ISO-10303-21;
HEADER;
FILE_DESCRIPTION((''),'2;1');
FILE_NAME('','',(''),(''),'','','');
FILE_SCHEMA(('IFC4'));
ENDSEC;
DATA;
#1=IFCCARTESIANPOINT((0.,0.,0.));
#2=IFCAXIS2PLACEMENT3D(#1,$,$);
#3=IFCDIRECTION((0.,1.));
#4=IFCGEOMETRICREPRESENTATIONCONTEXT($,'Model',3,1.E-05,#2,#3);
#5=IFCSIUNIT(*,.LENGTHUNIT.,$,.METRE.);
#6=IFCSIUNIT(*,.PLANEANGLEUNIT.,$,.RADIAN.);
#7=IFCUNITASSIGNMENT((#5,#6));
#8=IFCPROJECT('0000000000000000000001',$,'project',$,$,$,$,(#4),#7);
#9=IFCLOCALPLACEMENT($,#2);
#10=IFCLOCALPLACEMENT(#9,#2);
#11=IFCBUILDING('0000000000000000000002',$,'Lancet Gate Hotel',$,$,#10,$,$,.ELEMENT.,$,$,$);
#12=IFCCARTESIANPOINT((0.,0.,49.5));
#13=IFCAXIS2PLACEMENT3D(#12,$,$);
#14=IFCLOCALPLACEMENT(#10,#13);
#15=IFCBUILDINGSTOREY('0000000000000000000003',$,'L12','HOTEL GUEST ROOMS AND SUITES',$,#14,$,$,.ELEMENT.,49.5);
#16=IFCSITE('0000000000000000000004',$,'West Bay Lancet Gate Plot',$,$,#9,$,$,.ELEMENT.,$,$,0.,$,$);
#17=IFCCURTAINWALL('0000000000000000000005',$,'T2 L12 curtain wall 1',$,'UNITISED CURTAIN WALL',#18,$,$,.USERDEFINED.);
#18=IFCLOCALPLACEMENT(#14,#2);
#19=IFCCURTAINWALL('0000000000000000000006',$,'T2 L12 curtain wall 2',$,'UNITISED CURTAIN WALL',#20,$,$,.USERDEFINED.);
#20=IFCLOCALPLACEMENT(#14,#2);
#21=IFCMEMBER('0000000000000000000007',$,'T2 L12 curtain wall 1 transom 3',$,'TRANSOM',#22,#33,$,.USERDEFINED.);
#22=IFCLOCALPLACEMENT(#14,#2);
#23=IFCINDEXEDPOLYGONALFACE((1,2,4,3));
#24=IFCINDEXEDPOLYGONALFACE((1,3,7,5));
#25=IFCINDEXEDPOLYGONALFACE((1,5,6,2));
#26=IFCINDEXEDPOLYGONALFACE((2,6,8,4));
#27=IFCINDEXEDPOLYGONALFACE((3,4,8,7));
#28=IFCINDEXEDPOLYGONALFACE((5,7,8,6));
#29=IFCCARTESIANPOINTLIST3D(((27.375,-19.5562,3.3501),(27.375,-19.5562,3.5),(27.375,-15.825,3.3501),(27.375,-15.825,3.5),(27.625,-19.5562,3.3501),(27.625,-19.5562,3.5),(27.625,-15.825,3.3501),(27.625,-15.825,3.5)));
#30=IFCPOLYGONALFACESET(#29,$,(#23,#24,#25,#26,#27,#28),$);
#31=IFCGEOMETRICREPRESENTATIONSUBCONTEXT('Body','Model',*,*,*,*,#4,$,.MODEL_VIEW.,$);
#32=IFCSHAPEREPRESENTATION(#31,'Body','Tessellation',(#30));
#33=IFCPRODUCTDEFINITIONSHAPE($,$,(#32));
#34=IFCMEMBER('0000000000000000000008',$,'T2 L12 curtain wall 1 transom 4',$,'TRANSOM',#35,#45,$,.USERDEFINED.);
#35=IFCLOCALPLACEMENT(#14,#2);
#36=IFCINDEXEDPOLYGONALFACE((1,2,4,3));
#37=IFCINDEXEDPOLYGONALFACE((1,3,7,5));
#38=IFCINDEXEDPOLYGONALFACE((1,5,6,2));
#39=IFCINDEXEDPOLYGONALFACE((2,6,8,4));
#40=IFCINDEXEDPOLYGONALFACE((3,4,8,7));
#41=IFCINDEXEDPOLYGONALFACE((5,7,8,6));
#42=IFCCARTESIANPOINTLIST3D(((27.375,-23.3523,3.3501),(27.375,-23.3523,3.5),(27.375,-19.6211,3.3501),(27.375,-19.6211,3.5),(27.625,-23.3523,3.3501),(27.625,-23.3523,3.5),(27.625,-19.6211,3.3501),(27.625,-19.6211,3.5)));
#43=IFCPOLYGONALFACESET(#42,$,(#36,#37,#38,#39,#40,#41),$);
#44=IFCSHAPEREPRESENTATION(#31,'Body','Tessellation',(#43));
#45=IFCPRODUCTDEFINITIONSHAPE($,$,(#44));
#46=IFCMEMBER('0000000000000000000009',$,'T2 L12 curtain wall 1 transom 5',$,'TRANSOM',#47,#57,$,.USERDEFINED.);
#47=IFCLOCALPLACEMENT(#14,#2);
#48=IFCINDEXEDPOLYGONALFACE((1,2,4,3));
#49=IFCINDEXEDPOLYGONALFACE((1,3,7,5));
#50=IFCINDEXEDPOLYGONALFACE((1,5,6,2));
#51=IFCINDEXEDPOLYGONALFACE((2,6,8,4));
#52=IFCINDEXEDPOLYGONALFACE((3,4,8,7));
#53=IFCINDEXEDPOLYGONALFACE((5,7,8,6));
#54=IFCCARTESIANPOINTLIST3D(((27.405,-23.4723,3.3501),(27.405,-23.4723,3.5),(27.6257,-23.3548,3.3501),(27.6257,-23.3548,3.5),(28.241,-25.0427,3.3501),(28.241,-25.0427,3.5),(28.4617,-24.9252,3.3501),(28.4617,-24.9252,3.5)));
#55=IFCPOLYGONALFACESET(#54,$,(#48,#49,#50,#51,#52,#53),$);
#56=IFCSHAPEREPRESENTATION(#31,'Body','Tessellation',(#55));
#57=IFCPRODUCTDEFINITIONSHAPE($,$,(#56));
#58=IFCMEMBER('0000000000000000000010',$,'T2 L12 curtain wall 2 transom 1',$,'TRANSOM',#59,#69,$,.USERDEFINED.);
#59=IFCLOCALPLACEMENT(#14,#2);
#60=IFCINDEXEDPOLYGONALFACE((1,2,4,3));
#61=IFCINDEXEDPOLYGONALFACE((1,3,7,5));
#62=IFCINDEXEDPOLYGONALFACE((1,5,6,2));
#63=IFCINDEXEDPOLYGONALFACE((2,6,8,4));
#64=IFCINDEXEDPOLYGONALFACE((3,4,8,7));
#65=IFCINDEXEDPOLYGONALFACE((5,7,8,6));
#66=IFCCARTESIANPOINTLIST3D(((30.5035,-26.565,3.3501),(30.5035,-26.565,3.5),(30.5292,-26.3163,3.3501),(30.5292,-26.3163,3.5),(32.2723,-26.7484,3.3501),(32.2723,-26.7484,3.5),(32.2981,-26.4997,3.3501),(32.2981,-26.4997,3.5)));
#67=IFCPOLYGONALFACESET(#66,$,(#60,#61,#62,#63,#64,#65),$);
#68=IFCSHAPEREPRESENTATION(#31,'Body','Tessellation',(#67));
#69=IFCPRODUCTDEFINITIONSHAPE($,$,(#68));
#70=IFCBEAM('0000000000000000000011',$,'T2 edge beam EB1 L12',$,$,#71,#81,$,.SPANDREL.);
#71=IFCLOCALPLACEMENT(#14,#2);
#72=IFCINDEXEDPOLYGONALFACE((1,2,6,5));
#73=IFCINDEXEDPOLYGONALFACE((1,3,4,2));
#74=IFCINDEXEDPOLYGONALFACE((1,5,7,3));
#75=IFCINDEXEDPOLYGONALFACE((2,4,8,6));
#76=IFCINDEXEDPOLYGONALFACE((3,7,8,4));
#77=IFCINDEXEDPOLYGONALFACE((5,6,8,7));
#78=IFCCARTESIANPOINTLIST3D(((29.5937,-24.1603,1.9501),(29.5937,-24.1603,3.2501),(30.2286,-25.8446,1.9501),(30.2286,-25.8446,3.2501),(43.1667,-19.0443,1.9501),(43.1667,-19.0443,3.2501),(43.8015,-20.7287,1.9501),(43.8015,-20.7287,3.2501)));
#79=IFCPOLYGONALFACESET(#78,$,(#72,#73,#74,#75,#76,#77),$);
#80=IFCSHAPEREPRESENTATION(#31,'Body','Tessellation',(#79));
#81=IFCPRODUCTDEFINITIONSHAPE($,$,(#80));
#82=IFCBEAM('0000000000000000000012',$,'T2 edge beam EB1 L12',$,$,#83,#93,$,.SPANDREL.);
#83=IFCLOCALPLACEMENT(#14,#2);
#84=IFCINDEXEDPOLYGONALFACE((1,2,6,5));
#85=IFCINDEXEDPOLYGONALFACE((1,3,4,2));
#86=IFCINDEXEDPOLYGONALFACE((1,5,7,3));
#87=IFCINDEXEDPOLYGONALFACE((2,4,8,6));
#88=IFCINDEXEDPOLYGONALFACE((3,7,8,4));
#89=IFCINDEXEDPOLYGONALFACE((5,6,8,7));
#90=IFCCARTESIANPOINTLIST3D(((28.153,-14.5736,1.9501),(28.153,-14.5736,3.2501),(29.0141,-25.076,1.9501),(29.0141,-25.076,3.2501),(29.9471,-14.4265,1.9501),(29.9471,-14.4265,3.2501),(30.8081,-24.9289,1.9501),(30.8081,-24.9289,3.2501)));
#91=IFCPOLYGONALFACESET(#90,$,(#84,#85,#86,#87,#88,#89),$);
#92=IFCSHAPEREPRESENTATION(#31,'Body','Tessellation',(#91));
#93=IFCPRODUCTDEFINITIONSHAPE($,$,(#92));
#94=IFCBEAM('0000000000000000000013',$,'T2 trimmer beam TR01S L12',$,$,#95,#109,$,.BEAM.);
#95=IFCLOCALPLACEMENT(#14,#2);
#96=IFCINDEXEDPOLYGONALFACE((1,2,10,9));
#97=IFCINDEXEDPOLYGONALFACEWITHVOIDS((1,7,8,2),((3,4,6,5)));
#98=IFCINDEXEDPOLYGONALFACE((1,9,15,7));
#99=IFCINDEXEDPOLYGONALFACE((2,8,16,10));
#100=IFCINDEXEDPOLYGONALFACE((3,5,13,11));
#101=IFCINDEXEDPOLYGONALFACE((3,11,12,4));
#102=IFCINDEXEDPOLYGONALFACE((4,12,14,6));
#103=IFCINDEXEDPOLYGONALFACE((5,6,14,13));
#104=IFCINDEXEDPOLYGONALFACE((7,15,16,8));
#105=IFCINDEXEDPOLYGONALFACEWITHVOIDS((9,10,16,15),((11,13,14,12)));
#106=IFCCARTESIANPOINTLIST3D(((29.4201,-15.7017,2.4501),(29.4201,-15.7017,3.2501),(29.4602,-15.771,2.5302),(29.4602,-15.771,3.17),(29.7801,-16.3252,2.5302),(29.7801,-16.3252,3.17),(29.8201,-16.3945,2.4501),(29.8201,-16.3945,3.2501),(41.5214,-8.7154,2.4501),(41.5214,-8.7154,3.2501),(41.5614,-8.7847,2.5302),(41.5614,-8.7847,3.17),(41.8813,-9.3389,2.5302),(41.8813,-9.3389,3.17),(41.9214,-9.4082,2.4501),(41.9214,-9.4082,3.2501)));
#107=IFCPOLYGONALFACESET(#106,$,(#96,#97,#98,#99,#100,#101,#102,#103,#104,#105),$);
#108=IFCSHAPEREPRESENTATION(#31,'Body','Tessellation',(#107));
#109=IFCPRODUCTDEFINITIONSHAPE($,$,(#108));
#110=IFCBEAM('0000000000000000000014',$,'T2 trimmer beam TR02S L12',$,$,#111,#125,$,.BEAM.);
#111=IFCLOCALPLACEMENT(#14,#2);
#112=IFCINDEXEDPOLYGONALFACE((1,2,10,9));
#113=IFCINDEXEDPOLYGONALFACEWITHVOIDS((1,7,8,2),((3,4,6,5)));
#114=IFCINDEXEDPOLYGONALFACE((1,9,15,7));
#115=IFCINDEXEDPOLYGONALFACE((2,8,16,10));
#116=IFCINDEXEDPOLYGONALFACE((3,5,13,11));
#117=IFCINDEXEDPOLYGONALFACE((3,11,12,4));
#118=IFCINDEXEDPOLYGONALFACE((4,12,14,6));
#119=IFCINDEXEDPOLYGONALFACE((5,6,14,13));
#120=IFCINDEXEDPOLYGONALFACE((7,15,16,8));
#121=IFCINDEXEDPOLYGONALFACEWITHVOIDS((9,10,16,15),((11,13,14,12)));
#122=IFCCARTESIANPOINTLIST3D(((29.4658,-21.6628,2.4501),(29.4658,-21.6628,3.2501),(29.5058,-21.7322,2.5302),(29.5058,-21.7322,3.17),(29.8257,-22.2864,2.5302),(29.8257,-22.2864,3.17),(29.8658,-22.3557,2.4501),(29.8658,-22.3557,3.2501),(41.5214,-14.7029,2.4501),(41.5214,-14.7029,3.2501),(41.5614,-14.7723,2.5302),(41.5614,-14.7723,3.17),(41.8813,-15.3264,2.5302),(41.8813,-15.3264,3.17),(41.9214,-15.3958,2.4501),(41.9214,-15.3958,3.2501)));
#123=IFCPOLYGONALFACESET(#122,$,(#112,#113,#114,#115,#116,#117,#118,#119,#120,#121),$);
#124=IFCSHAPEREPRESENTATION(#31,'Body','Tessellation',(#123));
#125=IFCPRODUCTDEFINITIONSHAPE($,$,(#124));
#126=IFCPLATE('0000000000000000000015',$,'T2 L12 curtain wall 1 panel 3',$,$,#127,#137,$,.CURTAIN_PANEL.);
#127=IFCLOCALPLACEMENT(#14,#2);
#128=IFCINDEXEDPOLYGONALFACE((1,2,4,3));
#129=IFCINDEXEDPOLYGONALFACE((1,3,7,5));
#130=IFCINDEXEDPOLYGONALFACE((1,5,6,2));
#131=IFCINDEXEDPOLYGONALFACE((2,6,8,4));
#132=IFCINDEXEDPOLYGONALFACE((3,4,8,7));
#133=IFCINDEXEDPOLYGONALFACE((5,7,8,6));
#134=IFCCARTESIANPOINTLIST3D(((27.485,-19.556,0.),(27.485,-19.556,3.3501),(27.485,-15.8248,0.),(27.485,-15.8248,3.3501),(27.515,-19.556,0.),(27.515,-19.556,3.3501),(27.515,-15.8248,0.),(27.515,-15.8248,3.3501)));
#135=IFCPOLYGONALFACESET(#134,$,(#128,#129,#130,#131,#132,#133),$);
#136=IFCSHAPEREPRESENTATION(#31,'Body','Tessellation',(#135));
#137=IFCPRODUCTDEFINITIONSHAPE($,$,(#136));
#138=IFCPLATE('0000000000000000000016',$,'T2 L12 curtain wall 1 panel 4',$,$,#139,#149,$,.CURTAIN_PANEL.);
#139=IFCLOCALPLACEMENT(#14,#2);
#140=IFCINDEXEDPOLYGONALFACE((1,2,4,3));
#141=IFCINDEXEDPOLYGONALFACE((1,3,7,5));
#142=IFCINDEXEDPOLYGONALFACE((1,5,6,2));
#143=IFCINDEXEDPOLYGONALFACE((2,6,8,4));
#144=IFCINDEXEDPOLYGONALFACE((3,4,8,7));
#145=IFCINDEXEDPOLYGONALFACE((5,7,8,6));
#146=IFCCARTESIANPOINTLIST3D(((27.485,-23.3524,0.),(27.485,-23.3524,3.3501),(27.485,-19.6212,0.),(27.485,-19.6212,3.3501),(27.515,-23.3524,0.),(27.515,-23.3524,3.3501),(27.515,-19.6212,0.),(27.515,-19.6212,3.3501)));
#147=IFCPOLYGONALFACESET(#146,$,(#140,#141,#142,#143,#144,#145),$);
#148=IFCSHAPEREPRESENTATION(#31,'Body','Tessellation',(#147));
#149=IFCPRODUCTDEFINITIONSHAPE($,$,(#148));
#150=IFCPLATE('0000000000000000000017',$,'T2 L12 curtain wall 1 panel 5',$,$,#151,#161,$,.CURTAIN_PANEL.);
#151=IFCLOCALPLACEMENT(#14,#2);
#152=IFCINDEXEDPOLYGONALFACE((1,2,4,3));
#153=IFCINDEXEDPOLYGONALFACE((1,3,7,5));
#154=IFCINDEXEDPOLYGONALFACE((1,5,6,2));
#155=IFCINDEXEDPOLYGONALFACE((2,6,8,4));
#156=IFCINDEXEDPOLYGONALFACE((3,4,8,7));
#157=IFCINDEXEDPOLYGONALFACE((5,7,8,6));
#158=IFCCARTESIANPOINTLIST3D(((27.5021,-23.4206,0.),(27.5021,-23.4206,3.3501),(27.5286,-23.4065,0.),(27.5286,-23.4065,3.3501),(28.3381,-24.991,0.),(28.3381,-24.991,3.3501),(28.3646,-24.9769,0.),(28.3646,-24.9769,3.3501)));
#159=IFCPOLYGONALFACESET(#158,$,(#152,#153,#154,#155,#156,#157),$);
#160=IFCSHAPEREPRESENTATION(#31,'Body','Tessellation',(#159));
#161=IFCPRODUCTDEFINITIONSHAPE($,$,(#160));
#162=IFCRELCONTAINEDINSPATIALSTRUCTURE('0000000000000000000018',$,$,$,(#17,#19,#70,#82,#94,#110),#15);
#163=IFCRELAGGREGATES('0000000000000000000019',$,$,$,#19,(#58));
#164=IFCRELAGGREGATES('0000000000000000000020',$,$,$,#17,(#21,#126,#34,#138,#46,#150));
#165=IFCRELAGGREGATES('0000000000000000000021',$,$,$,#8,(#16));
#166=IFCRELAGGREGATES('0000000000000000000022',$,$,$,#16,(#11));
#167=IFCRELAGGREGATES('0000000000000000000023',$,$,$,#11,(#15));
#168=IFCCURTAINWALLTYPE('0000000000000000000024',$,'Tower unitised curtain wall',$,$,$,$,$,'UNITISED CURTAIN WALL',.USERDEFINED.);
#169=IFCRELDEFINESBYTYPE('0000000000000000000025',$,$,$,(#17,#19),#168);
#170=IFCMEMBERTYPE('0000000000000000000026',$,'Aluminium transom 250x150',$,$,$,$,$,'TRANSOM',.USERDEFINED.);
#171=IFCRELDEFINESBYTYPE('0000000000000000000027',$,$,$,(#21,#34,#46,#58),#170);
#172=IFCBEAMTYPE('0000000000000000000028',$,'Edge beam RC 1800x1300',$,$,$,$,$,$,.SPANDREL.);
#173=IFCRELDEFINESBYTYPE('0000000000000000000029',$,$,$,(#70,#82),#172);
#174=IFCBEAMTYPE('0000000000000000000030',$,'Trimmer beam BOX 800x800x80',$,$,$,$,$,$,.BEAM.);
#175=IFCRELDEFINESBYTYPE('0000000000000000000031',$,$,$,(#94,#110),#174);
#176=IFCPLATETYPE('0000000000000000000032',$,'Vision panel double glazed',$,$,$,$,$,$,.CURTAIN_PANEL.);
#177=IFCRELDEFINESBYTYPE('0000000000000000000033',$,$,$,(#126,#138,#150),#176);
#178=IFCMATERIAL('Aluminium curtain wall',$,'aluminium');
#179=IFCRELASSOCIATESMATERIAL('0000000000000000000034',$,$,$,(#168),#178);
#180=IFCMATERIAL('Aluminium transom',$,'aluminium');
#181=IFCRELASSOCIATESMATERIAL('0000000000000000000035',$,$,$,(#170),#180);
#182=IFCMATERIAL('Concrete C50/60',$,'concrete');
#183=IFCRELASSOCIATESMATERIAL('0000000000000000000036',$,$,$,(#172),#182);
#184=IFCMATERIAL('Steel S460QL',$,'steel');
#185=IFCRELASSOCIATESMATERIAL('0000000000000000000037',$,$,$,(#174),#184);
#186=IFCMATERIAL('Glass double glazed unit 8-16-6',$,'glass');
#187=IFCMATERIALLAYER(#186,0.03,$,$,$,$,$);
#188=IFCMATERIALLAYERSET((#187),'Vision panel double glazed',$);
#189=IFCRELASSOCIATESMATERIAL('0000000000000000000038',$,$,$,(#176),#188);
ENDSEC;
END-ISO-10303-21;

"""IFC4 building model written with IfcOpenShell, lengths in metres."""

from ifc_helpers import new_model, si_unit, direction, frame, origin, origin_2d, place, context, subcontext, project, spatial, rectangle, hollow_rectangle, extrude, material, layer, layer_set, material_profile, profile_set, type_object, element, aggregate, save


model = new_model("IFC4")

# Units and contexts
model_context = context("Model", 3, precision=1e-05, world=origin(), true_north=direction((0.0, 1.0)))
body_context = subcontext(model_context, "Body", "Model", "MODEL_VIEW")
ifc_project = project(units=[si_unit("LENGTHUNIT", "METRE"), si_unit("PLANEANGLEUNIT", "RADIAN")], contexts=[model_context])

# Site, building, storey
site_placement = place(None, origin())
site = spatial("IfcSite", under=ifc_project, at=site_placement, Name="West Bay Lancet Gate Plot", CompositionType="ELEMENT", RefElevation=0.0)
building_placement = place(site_placement, origin())
building = spatial("IfcBuilding", under=site, at=building_placement, Name="Lancet Gate Hotel", CompositionType="ELEMENT")
storey_placement = place(building_placement, frame((0.0, 0.0, 49.5)))
storey = spatial("IfcBuildingStorey", under=building, at=storey_placement, Name="L12", Description="HOTEL GUEST ROOMS AND SUITES", CompositionType="ELEMENT", Elevation=49.5)

# Curtain wall
ifc_material_1 = material(Name="Aluminium curtain wall", Category="aluminium")
curtain_wall_type = type_object("IfcCurtainWallType", Name="Tower unitised curtain wall", ElementType="UNITISED CURTAIN WALL", PredefinedType="USERDEFINED", material=ifc_material_1)
curtain_wall_1_placement = place(storey_placement, origin())
curtain_wall_1 = element("IfcCurtainWall", 1, at=curtain_wall_1_placement, inside=storey, type_object=curtain_wall_type, Name="T2 L12 curtain wall 1", ObjectType="UNITISED CURTAIN WALL", PredefinedType="USERDEFINED")

# Curtain wall
curtain_wall_2_placement = place(storey_placement, origin())
curtain_wall_2 = element("IfcCurtainWall", 2, at=curtain_wall_2_placement, inside=storey, type_object=curtain_wall_type, Name="T2 L12 curtain wall 2", ObjectType="UNITISED CURTAIN WALL", PredefinedType="USERDEFINED")

# Members
ifc_material_2 = material(Name="Aluminium transom", Category="aluminium")
ifc_material_profile_1 = material_profile(ifc_material_2, rectangle(XDim=0.25, YDim=0.1499, at=origin_2d()), Name="TRANSOM 250x150")
ifc_profile_set_1 = profile_set([ifc_material_profile_1], Name="Aluminium transom")
member_type_1 = type_object("IfcMemberType", Name="Aluminium transom 250x150", ElementType="TRANSOM", PredefinedType="USERDEFINED", material=ifc_profile_set_1)
member_1_placement = place(storey_placement, frame((27.5, -15.825, 3.425), z_axis=(0.0, -1.0, 0.0), x_axis=(1.0, 0.0, 0.0)))
member_1 = element("IfcMember", 3, at=member_1_placement, type_object=member_type_1, Name="T2 L12 curtain wall 1 transom 3", ObjectType="TRANSOM", PredefinedType="USERDEFINED", context=body_context, shape_type="SweptSolid", body=[
    extrude(rectangle(XDim=0.25, YDim=0.1499, at=origin_2d()), origin(), (0.0, 0.0, 1.0), 3.7312),
])
member_2_placement = place(storey_placement, frame((27.5, -19.6211, 3.425), z_axis=(0.0, -1.0, 0.0), x_axis=(1.0, 0.0, 0.0)))
member_2 = element("IfcMember", 4, at=member_2_placement, type_object=member_type_1, Name="T2 L12 curtain wall 1 transom 4", ObjectType="TRANSOM", PredefinedType="USERDEFINED", context=body_context, shape_type="SweptSolid", body=[
    extrude(rectangle(XDim=0.25, YDim=0.1499, at=origin_2d()), origin(), (0.0, 0.0, 1.0), 3.7312),
])
member_3_placement = place(storey_placement, frame((27.5154, -23.4136, 3.425), z_axis=(0.469904, -0.882717, 0.0), x_axis=(0.882717, 0.469904, 0.0)))
member_3 = element("IfcMember", 5, at=member_3_placement, type_object=member_type_1, Name="T2 L12 curtain wall 1 transom 5", ObjectType="TRANSOM", PredefinedType="USERDEFINED", context=body_context, shape_type="SweptSolid", body=[
    extrude(rectangle(XDim=0.25, YDim=0.1499, at=origin_2d()), origin(), (0.0, 0.0, 1.0), 1.7791),
])
member_4_placement = place(storey_placement, frame((30.5164, -26.4407, 3.425), z_axis=(0.99467, -0.103105, 0.0), x_axis=(0.103105, 0.99467, 0.0)))
member_4 = element("IfcMember", 6, at=member_4_placement, type_object=member_type_1, Name="T2 L12 curtain wall 2 transom 1", ObjectType="TRANSOM", PredefinedType="USERDEFINED", context=body_context, shape_type="SweptSolid", body=[
    extrude(rectangle(XDim=0.25, YDim=0.1499, at=origin_2d()), origin(), (0.0, 0.0, 1.0), 1.7783),
])
aggregate(curtain_wall_2, [member_4])

# Beams
ifc_material_3 = material(Name="Concrete C50/60", Category="concrete")
ifc_material_profile_2 = material_profile(ifc_material_3, rectangle(XDim=1.8, YDim=1.3, at=origin_2d()), Name="RC 1800x1300")
ifc_profile_set_2 = profile_set([ifc_material_profile_2], Name="Concrete C50/60")
beam_type_1 = type_object("IfcBeamType", Name="Edge beam RC 1800x1300", PredefinedType="SPANDREL", material=ifc_profile_set_2)
beam_1_placement = place(storey_placement, frame((29.9111, -25.0024, 2.6001), z_axis=(0.935736, 0.3527, 0.0), x_axis=(-0.3527, 0.935736, 0.0)))
element("IfcBeam", 7, at=beam_1_placement, inside=storey, type_object=beam_type_1, Name="T2 edge beam EB1 L12", PredefinedType="SPANDREL", context=body_context, shape_type="SweptSolid", body=[
    extrude(rectangle(XDim=1.8, YDim=1.3, at=origin_2d()), origin(), (0.0, 0.0, 1.0), 14.5051),
])
beam_2_placement = place(storey_placement, frame((29.9111, -25.0024, 2.6001), z_axis=(-0.081715, 0.996656, 0.0), x_axis=(-0.996656, -0.081715, 0.0)))
element("IfcBeam", 8, at=beam_2_placement, inside=storey, type_object=beam_type_1, Name="T2 edge beam EB1 L12", PredefinedType="SPANDREL", context=body_context, shape_type="SweptSolid", body=[
    extrude(rectangle(XDim=1.8, YDim=1.3, at=origin_2d()), origin(), (0.0, 0.0, 1.0), 10.5376),
])
ifc_material_4 = material(Name="Steel S460QL", Category="steel")
ifc_material_profile_3 = material_profile(ifc_material_4, hollow_rectangle(XDim=0.8, YDim=0.8, WallThickness=0.0801, at=origin_2d()), Name="BOX 800x800x80")
ifc_profile_set_3 = profile_set([ifc_material_profile_3], Name="Steel S460QL")
beam_type_2 = type_object("IfcBeamType", Name="Trimmer beam BOX 800x800x80", PredefinedType="BEAM", material=ifc_profile_set_3)
beam_3_placement = place(storey_placement, frame((29.6201, -16.0481, 2.8501), z_axis=(0.866037, 0.49998, 0.0), x_axis=(-0.49998, 0.866037, 0.0)))
element("IfcBeam", 9, at=beam_3_placement, inside=storey, type_object=beam_type_2, Name="T2 trimmer beam TR01S L12", PredefinedType="BEAM", context=body_context, shape_type="SweptSolid", body=[
    extrude(hollow_rectangle(XDim=0.8, YDim=0.8, WallThickness=0.0801, at=origin_2d()), origin(), (0.0, 0.0, 1.0), 13.9731),
])
beam_4_placement = place(storey_placement, frame((29.6658, -22.0093, 2.8501), z_axis=(0.866037, 0.49998, 0.0), x_axis=(-0.49998, 0.866037, 0.0)))
element("IfcBeam", 10, at=beam_4_placement, inside=storey, type_object=beam_type_2, Name="T2 trimmer beam TR02S L12", PredefinedType="BEAM", context=body_context, shape_type="SweptSolid", body=[
    extrude(hollow_rectangle(XDim=0.8, YDim=0.8, WallThickness=0.0801, at=origin_2d()), origin(), (0.0, 0.0, 1.0), 13.9204),
])

# Plates
ifc_material_5 = material(Name="Glass double glazed unit 8-16-6", Category="glass")
ifc_layer = layer(ifc_material_5, 0.03)
ifc_layer_set = layer_set([ifc_layer], Name="Vision panel double glazed")
plate_type = type_object("IfcPlateType", Name="Vision panel double glazed", PredefinedType="CURTAIN_PANEL", material=ifc_layer_set)
plate_1_placement = place(storey_placement, frame((27.5, -17.6904, 0.0), z_axis=(0.0, 0.0, 1.0), x_axis=(0.0, -1.0, 0.0)))
plate_1 = element("IfcPlate", 11, at=plate_1_placement, type_object=plate_type, Name="T2 L12 curtain wall 1 panel 3", PredefinedType="CURTAIN_PANEL", context=body_context, shape_type="SweptSolid", body=[
    extrude(rectangle(XDim=3.7312, YDim=0.03, at=origin_2d()), origin(), (0.0, 0.0, 1.0), 3.3501),
])
plate_2_placement = place(storey_placement, frame((27.5, -21.4868, 0.0), z_axis=(0.0, 0.0, 1.0), x_axis=(0.0, -1.0, 0.0)))
plate_2 = element("IfcPlate", 12, at=plate_2_placement, type_object=plate_type, Name="T2 L12 curtain wall 1 panel 4", PredefinedType="CURTAIN_PANEL", context=body_context, shape_type="SweptSolid", body=[
    extrude(rectangle(XDim=3.7312, YDim=0.03, at=origin_2d()), origin(), (0.0, 0.0, 1.0), 3.3501),
])
plate_3_placement = place(storey_placement, frame((27.9333, -24.1987, 0.0), z_axis=(0.0, 0.0, 1.0), x_axis=(0.469898, -0.882721, 0.0)))
plate_3 = element("IfcPlate", 13, at=plate_3_placement, type_object=plate_type, Name="T2 L12 curtain wall 1 panel 5", PredefinedType="CURTAIN_PANEL", context=body_context, shape_type="SweptSolid", body=[
    extrude(rectangle(XDim=1.7791, YDim=0.03, at=origin_2d()), origin(), (0.0, 0.0, 1.0), 3.3501),
])
aggregate(curtain_wall_1, [member_1, plate_1, member_2, plate_2, member_3, plate_3])

save(model, "model.ifc")
